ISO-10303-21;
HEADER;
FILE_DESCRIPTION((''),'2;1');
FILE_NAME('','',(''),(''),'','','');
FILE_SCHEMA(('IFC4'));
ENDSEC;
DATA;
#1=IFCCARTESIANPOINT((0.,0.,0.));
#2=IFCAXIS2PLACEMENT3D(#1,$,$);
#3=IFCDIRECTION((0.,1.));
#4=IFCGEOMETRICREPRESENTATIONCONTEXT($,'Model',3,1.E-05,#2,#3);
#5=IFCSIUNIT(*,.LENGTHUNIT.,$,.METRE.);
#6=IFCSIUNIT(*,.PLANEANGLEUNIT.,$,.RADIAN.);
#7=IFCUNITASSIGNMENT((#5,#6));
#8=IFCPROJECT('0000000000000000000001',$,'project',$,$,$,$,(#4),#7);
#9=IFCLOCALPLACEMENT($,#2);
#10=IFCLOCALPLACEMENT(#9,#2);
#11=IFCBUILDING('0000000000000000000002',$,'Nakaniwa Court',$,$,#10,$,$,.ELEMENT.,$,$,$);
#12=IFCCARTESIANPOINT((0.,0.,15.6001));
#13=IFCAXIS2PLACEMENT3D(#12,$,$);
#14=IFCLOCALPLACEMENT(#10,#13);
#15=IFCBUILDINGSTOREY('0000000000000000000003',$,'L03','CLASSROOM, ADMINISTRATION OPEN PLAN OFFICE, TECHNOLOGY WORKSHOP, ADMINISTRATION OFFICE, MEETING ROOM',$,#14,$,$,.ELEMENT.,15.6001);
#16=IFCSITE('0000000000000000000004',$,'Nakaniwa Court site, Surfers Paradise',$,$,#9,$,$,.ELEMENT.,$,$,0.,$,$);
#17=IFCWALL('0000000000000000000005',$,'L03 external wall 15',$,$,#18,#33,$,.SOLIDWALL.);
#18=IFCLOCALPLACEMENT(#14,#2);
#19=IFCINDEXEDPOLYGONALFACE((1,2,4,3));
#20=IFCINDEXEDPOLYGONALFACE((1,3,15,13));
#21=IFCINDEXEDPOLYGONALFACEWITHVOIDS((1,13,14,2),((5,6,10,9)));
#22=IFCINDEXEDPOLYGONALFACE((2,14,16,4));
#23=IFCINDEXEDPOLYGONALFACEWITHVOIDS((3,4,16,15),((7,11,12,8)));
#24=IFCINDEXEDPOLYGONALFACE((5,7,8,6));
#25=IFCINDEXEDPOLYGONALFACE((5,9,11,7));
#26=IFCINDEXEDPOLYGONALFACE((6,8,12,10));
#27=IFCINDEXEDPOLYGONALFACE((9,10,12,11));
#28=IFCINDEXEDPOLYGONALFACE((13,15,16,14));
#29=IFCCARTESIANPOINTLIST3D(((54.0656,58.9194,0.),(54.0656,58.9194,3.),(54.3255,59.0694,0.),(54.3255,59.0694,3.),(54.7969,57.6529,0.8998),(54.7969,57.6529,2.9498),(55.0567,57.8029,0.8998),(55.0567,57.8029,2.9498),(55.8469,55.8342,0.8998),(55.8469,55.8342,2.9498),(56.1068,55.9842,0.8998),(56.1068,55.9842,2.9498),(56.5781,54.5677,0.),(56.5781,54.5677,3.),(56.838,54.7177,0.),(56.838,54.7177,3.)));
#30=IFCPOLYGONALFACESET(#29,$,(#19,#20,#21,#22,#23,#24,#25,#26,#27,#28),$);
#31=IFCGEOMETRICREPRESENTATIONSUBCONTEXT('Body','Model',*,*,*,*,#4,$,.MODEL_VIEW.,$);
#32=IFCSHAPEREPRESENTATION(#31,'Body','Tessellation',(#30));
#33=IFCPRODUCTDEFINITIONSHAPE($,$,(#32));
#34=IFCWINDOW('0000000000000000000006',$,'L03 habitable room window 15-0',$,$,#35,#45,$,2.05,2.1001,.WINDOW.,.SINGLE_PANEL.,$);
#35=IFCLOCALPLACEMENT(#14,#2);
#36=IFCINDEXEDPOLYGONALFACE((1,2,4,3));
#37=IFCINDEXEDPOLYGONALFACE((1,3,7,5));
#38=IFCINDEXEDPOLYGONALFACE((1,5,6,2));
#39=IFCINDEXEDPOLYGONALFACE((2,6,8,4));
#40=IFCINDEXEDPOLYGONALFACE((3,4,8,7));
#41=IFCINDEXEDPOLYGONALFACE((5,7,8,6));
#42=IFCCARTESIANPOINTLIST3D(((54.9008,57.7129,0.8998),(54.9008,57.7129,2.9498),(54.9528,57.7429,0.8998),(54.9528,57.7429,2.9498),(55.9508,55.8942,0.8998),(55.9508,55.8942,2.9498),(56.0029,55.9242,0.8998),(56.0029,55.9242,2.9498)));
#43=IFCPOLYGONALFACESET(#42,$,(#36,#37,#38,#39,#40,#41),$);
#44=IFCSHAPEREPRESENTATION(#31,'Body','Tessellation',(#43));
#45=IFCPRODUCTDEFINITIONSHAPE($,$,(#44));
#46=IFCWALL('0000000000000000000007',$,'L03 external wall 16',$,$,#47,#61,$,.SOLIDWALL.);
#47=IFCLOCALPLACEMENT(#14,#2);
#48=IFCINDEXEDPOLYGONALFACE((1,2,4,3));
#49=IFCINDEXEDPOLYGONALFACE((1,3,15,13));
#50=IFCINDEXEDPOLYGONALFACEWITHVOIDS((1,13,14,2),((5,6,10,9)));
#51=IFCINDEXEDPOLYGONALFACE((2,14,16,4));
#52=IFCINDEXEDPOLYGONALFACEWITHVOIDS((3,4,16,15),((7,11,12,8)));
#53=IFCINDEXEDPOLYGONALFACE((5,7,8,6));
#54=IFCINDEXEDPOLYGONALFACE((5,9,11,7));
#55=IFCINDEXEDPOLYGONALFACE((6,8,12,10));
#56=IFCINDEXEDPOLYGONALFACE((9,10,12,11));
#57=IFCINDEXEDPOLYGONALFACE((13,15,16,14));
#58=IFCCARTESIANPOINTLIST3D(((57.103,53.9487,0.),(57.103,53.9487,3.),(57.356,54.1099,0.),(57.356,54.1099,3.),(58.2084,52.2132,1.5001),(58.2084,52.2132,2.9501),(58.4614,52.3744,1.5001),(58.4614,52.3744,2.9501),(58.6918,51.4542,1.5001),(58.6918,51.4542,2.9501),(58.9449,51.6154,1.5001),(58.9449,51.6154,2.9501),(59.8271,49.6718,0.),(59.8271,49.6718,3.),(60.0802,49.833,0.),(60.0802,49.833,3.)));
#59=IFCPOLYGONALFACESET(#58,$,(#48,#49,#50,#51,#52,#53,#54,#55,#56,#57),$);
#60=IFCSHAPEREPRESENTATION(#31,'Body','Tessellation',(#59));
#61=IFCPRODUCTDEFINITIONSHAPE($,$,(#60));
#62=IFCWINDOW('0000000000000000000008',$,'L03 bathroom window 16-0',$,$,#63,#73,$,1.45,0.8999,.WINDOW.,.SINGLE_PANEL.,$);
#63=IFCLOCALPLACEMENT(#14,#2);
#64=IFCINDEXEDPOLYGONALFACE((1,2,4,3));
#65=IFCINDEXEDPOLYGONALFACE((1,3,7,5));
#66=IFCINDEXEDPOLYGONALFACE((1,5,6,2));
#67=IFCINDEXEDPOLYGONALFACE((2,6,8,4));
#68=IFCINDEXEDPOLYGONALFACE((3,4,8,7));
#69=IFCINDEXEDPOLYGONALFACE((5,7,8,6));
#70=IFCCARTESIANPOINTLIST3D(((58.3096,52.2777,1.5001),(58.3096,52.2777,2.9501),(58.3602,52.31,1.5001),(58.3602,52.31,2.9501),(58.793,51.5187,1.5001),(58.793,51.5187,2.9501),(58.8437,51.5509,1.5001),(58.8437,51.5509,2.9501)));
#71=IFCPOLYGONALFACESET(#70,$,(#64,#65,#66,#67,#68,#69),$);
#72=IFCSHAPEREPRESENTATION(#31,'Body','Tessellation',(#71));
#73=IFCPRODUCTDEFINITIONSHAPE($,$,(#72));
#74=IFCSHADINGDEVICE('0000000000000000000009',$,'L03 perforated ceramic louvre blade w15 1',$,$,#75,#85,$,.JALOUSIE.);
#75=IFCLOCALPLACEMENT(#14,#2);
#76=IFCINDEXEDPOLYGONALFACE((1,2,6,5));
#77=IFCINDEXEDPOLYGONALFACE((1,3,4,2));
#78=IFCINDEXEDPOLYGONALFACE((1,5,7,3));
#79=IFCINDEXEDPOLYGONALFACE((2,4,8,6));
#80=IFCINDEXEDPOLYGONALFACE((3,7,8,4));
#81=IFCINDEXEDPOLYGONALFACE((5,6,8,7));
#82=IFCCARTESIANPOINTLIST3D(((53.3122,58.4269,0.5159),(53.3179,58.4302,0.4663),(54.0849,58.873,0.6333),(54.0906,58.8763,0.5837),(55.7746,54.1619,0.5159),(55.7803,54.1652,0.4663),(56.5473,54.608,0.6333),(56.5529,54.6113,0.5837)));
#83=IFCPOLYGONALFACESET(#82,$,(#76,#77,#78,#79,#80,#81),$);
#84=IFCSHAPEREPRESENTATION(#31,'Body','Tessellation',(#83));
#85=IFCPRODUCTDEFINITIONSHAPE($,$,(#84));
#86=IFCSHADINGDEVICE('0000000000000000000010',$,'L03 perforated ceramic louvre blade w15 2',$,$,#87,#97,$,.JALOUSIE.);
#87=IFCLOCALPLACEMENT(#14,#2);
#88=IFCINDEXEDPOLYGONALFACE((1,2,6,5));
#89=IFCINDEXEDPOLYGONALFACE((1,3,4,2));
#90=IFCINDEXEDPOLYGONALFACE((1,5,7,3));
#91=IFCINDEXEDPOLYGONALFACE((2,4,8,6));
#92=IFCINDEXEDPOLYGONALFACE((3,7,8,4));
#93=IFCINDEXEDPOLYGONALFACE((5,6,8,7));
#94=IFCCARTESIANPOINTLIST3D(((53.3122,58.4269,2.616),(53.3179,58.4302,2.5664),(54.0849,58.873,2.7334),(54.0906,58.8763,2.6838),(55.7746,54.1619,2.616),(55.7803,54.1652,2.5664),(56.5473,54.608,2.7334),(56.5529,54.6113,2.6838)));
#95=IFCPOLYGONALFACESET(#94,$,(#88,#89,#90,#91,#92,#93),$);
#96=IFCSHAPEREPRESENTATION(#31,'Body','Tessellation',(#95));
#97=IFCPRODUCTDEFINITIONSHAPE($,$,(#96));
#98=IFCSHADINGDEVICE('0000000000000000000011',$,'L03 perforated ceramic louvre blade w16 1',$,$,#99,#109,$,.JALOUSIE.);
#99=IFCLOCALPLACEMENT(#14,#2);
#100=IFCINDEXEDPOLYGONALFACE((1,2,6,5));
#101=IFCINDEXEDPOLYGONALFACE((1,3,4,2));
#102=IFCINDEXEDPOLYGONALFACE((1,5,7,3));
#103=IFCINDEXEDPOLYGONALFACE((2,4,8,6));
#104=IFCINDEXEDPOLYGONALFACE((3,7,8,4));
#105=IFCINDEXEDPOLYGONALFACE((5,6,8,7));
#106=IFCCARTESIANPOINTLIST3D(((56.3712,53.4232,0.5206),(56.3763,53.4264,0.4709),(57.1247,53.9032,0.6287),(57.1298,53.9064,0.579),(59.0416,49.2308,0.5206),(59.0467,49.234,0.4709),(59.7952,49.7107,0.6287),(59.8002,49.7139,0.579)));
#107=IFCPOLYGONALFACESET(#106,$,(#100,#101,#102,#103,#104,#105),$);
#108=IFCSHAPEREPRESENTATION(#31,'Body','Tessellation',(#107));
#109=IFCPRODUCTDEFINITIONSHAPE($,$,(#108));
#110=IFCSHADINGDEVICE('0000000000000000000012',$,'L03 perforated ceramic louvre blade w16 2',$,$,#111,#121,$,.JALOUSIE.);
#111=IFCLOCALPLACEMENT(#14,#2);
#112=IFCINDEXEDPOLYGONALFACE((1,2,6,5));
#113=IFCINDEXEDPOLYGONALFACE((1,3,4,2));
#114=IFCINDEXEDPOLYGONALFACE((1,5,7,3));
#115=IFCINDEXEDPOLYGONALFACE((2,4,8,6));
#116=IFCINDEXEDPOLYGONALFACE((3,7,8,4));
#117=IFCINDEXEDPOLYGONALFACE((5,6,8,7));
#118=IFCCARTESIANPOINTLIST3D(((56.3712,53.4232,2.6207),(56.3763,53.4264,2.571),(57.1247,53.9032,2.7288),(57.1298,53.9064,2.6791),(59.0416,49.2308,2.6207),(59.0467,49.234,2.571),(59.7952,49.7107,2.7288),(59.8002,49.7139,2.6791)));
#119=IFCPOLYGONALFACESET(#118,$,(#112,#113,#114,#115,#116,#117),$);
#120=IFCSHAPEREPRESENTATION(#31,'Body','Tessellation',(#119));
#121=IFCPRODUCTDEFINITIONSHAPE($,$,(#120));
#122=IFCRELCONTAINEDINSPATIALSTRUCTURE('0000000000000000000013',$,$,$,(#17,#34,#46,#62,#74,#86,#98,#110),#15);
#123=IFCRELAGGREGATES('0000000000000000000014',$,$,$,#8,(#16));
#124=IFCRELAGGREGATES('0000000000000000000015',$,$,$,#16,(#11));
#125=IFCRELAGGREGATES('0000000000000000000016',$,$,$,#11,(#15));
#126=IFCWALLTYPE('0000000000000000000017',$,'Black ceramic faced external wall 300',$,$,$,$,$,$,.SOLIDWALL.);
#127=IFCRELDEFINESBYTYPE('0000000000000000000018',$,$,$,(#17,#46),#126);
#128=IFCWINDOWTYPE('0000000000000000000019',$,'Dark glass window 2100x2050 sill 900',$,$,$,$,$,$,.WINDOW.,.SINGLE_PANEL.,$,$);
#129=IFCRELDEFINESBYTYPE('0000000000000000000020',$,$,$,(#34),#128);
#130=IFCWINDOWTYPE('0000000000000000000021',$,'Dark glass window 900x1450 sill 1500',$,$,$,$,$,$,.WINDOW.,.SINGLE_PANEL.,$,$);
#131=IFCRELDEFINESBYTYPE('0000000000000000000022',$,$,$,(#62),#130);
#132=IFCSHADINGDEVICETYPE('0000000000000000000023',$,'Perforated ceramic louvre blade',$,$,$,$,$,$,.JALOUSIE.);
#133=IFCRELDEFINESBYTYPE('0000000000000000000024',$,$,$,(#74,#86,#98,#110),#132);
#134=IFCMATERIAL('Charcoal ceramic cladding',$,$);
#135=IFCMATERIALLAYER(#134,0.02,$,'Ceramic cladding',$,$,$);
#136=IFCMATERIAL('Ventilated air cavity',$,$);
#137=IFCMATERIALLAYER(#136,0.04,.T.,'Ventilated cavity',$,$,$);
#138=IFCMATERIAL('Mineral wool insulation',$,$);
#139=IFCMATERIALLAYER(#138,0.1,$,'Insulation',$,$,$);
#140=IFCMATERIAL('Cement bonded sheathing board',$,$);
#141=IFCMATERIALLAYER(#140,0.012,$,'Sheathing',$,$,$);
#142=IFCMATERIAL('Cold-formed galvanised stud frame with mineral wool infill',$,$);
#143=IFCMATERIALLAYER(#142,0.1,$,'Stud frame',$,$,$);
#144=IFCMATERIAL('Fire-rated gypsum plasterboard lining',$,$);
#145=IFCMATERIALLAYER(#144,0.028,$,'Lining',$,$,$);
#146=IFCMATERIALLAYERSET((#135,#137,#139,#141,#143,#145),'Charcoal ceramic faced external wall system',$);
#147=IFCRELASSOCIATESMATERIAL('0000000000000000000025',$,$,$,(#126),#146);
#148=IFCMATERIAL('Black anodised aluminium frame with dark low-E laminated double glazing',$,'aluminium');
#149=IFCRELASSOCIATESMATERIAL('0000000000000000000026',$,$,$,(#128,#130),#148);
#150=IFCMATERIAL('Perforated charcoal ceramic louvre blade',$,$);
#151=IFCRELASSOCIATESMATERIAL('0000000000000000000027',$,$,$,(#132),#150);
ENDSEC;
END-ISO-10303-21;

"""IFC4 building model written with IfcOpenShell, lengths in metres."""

from ifc_helpers import new_model, si_unit, direction, frame, frame_2d, origin, origin_2d, place, context, subcontext, project, spatial, rectangle, extrude, material, layer, layer_set, material_profile, profile_set, type_object, element, fill, save


model = new_model("IFC4")

# Units and contexts
model_context = context("Model", 3, precision=1e-05, world=origin(), true_north=direction((0.0, 1.0)))
body_context = subcontext(model_context, "Body", "Model", "MODEL_VIEW")
ifc_project = project(units=[si_unit("LENGTHUNIT", "METRE"), si_unit("PLANEANGLEUNIT", "RADIAN")], contexts=[model_context])

# Site, building, storey
site_placement = place(None, origin())
site = spatial("IfcSite", under=ifc_project, at=site_placement, Name="Nakaniwa Court site, Surfers Paradise", CompositionType="ELEMENT", RefElevation=0.0)
building_placement = place(site_placement, origin())
building = spatial("IfcBuilding", under=site, at=building_placement, Name="Nakaniwa Court", CompositionType="ELEMENT")
storey_placement = place(building_placement, frame((0.0, 0.0, 15.6001)))
storey = spatial("IfcBuildingStorey", under=building, at=storey_placement, Name="L03", Description="CLASSROOM, ADMINISTRATION OPEN PLAN OFFICE, TECHNOLOGY WORKSHOP, ADMINISTRATION OFFICE, MEETING ROOM", CompositionType="ELEMENT", Elevation=15.6001)

# Walls, openings, windows
ifc_material_1 = material(Name="Charcoal ceramic cladding")
ifc_layer_1 = layer(ifc_material_1, 0.02, Name="Ceramic cladding")
ifc_material_2 = material(Name="Ventilated air cavity")
ifc_layer_2 = layer(ifc_material_2, 0.04, ventilated=True, Name="Ventilated cavity")
ifc_material_3 = material(Name="Mineral wool insulation")
ifc_layer_3 = layer(ifc_material_3, 0.1, Name="Insulation")
ifc_material_4 = material(Name="Cement bonded sheathing board")
ifc_layer_4 = layer(ifc_material_4, 0.012, Name="Sheathing")
ifc_material_5 = material(Name="Cold-formed galvanised stud frame with mineral wool infill")
ifc_layer_5 = layer(ifc_material_5, 0.1, Name="Stud frame")
ifc_material_6 = material(Name="Fire-rated gypsum plasterboard lining")
ifc_layer_6 = layer(ifc_material_6, 0.028, Name="Lining")
ifc_layer_set_1 = layer_set([ifc_layer_1, ifc_layer_2, ifc_layer_3, ifc_layer_4, ifc_layer_5, ifc_layer_6], Name="Charcoal ceramic faced external wall system")
wall_type_1 = type_object("IfcWallType", Name="Black ceramic faced external wall 300", PredefinedType="SOLIDWALL", material=ifc_layer_set_1)
wall_1_placement = place(storey_placement, frame((54.1956, 58.9944, 0.0), z_axis=(0.0, 0.0, 1.0), x_axis=(0.500011, -0.866019, 0.0)))
wall_1 = element("IfcWall", 1, at=wall_1_placement, inside=storey, type_object=wall_type_1, Name="L03 external wall 15", PredefinedType="SOLIDWALL", context=body_context, shape_type="SweptSolid", body=[
    extrude(rectangle(XDim=5.0249, YDim=0.3, at=frame_2d((2.5125, 0.0))), origin(), (0.0, 0.0, 1.0), 3.0),
])
opening_1_placement = place(wall_1_placement, frame((1.4624, 0.0, 0.8999)))
opening_1 = element("IfcOpeningElement", 2, at=opening_1_placement, cuts=wall_1, PredefinedType="OPENING", context=body_context, shape_type="SweptSolid", body=[
    extrude(rectangle(XDim=2.1001, YDim=2.05, at=frame_2d((1.05, 1.0249))), frame((0.0, 0.1599, 0.0), z_axis=(0.0, -1.0, 0.0), x_axis=(1.0, 0.0, 0.0)), (0.0, 0.0, 1.0), 0.3201),
])
ifc_material_7 = material(Name="Black anodised aluminium frame with dark low-E laminated double glazing", Category="aluminium")
window_type_1 = type_object("IfcWindowType", Name="Dark glass window 2100x2050 sill 900", PartitioningType="SINGLE_PANEL", PredefinedType="WINDOW", material=ifc_material_7)
window_1_placement = place(opening_1_placement, origin())
window_1 = element("IfcWindow", 3, at=window_1_placement, inside=storey, type_object=window_type_1, Name="L03 habitable room window 15-0", OverallHeight=2.05, OverallWidth=2.1001, PartitioningType="SINGLE_PANEL", PredefinedType="WINDOW", context=body_context, shape_type="SweptSolid", body=[
    extrude(rectangle(XDim=2.1001, YDim=2.05, at=frame_2d((1.05, 1.0249))), frame((0.0, 0.03, 0.0), z_axis=(0.0, -1.0, 0.0), x_axis=(1.0, 0.0, 0.0)), (0.0, 0.0, 1.0), 0.0601),
])
fill(opening_1, window_1)
wall_2_placement = place(storey_placement, frame((57.2295, 54.0293, 0.0), z_axis=(0.0, 0.0, 1.0), x_axis=(0.537224, -0.843439, 0.0)))
wall_2 = element("IfcWall", 4, at=wall_2_placement, inside=storey, type_object=wall_type_1, Name="L03 external wall 16", PredefinedType="SOLIDWALL", context=body_context, shape_type="SweptSolid", body=[
    extrude(rectangle(XDim=5.0708, YDim=0.3, at=frame_2d((2.5354, 0.0))), origin(), (0.0, 0.0, 1.0), 3.0),
])
opening_2_placement = place(wall_2_placement, frame((2.0576, 0.0, 1.5)))
opening_2 = element("IfcOpeningElement", 5, at=opening_2_placement, cuts=wall_2, PredefinedType="OPENING", context=body_context, shape_type="SweptSolid", body=[
    extrude(rectangle(XDim=0.8999, YDim=1.45, at=frame_2d((0.45, 0.7251))), frame((0.0, 0.1599, 0.0), z_axis=(0.0, -1.0, 0.0), x_axis=(1.0, 0.0, 0.0)), (0.0, 0.0, 1.0), 0.3201),
])
window_type_2 = type_object("IfcWindowType", Name="Dark glass window 900x1450 sill 1500", PartitioningType="SINGLE_PANEL", PredefinedType="WINDOW", material=ifc_material_7)
window_2_placement = place(opening_2_placement, origin())
window_2 = element("IfcWindow", 6, at=window_2_placement, inside=storey, type_object=window_type_2, Name="L03 bathroom window 16-0", OverallHeight=1.45, OverallWidth=0.8999, PartitioningType="SINGLE_PANEL", PredefinedType="WINDOW", context=body_context, shape_type="SweptSolid", body=[
    extrude(rectangle(XDim=0.8999, YDim=1.45, at=frame_2d((0.45, 0.7251))), frame((0.0, 0.03, 0.0), z_axis=(0.0, -1.0, 0.0), x_axis=(1.0, 0.0, 0.0)), (0.0, 0.0, 1.0), 0.0601),
])
fill(opening_2, window_2)

# Shading devices
ifc_material_8 = material(Name="Perforated charcoal ceramic louvre blade")
ifc_material_profile_1 = material_profile(ifc_material_8, rectangle(XDim=0.8999, YDim=0.05, at=origin_2d()), Name="Perforated ceramic louvre blade")
ifc_profile_set_1 = profile_set([ifc_material_profile_1], Name="Perforated charcoal ceramic louvre blade")
shading_device_type = type_object("IfcShadingDeviceType", Name="Perforated ceramic louvre blade", PredefinedType="JALOUSIE", material=ifc_profile_set_1)
for number, where, z_axis, x_axis, name in (
    (7, (53.7014, 58.6516, 0.5498), (0.499989, -0.866032, 0.0), (0.858623, 0.495711, 0.130526), "L03 perforated ceramic louvre blade w15 1"),
    (8, (53.7014, 58.6516, 2.6499), (0.499989, -0.866032, 0.0), (0.858623, 0.495711, 0.130526), "L03 perforated ceramic louvre blade w15 2"),
):
    element("IfcShadingDevice", number, at=place(storey_placement, frame(where, z_axis=z_axis, x_axis=x_axis)), inside=storey, type_object=shading_device_type, Name=name, PredefinedType="JALOUSIE", context=body_context, shape_type="SweptSolid", body=[
        extrude(rectangle(XDim=0.8999, YDim=0.05, at=origin_2d()), origin(), (0.0, 0.0, 1.0), 4.9248),
    ])
for number, where, z_axis, x_axis, name in (
    (9, (56.7505, 53.6648, 0.5498), (0.537238, -0.843431, 0.0), (0.837322, 0.533347, 0.120137), "L03 perforated ceramic louvre blade w16 1"),
    (10, (56.7505, 53.6648, 2.6499), (0.537238, -0.843431, 0.0), (0.837322, 0.533347, 0.120137), "L03 perforated ceramic louvre blade w16 2"),
):
    element("IfcShadingDevice", number, at=place(storey_placement, frame(where, z_axis=z_axis, x_axis=x_axis)), inside=storey, type_object=shading_device_type, Name=name, PredefinedType="JALOUSIE", context=body_context, shape_type="SweptSolid", body=[
        extrude(rectangle(XDim=0.8999, YDim=0.05, at=origin_2d()), origin(), (0.0, 0.0, 1.0), 4.9707),
    ])

save(model, "model.ifc")
